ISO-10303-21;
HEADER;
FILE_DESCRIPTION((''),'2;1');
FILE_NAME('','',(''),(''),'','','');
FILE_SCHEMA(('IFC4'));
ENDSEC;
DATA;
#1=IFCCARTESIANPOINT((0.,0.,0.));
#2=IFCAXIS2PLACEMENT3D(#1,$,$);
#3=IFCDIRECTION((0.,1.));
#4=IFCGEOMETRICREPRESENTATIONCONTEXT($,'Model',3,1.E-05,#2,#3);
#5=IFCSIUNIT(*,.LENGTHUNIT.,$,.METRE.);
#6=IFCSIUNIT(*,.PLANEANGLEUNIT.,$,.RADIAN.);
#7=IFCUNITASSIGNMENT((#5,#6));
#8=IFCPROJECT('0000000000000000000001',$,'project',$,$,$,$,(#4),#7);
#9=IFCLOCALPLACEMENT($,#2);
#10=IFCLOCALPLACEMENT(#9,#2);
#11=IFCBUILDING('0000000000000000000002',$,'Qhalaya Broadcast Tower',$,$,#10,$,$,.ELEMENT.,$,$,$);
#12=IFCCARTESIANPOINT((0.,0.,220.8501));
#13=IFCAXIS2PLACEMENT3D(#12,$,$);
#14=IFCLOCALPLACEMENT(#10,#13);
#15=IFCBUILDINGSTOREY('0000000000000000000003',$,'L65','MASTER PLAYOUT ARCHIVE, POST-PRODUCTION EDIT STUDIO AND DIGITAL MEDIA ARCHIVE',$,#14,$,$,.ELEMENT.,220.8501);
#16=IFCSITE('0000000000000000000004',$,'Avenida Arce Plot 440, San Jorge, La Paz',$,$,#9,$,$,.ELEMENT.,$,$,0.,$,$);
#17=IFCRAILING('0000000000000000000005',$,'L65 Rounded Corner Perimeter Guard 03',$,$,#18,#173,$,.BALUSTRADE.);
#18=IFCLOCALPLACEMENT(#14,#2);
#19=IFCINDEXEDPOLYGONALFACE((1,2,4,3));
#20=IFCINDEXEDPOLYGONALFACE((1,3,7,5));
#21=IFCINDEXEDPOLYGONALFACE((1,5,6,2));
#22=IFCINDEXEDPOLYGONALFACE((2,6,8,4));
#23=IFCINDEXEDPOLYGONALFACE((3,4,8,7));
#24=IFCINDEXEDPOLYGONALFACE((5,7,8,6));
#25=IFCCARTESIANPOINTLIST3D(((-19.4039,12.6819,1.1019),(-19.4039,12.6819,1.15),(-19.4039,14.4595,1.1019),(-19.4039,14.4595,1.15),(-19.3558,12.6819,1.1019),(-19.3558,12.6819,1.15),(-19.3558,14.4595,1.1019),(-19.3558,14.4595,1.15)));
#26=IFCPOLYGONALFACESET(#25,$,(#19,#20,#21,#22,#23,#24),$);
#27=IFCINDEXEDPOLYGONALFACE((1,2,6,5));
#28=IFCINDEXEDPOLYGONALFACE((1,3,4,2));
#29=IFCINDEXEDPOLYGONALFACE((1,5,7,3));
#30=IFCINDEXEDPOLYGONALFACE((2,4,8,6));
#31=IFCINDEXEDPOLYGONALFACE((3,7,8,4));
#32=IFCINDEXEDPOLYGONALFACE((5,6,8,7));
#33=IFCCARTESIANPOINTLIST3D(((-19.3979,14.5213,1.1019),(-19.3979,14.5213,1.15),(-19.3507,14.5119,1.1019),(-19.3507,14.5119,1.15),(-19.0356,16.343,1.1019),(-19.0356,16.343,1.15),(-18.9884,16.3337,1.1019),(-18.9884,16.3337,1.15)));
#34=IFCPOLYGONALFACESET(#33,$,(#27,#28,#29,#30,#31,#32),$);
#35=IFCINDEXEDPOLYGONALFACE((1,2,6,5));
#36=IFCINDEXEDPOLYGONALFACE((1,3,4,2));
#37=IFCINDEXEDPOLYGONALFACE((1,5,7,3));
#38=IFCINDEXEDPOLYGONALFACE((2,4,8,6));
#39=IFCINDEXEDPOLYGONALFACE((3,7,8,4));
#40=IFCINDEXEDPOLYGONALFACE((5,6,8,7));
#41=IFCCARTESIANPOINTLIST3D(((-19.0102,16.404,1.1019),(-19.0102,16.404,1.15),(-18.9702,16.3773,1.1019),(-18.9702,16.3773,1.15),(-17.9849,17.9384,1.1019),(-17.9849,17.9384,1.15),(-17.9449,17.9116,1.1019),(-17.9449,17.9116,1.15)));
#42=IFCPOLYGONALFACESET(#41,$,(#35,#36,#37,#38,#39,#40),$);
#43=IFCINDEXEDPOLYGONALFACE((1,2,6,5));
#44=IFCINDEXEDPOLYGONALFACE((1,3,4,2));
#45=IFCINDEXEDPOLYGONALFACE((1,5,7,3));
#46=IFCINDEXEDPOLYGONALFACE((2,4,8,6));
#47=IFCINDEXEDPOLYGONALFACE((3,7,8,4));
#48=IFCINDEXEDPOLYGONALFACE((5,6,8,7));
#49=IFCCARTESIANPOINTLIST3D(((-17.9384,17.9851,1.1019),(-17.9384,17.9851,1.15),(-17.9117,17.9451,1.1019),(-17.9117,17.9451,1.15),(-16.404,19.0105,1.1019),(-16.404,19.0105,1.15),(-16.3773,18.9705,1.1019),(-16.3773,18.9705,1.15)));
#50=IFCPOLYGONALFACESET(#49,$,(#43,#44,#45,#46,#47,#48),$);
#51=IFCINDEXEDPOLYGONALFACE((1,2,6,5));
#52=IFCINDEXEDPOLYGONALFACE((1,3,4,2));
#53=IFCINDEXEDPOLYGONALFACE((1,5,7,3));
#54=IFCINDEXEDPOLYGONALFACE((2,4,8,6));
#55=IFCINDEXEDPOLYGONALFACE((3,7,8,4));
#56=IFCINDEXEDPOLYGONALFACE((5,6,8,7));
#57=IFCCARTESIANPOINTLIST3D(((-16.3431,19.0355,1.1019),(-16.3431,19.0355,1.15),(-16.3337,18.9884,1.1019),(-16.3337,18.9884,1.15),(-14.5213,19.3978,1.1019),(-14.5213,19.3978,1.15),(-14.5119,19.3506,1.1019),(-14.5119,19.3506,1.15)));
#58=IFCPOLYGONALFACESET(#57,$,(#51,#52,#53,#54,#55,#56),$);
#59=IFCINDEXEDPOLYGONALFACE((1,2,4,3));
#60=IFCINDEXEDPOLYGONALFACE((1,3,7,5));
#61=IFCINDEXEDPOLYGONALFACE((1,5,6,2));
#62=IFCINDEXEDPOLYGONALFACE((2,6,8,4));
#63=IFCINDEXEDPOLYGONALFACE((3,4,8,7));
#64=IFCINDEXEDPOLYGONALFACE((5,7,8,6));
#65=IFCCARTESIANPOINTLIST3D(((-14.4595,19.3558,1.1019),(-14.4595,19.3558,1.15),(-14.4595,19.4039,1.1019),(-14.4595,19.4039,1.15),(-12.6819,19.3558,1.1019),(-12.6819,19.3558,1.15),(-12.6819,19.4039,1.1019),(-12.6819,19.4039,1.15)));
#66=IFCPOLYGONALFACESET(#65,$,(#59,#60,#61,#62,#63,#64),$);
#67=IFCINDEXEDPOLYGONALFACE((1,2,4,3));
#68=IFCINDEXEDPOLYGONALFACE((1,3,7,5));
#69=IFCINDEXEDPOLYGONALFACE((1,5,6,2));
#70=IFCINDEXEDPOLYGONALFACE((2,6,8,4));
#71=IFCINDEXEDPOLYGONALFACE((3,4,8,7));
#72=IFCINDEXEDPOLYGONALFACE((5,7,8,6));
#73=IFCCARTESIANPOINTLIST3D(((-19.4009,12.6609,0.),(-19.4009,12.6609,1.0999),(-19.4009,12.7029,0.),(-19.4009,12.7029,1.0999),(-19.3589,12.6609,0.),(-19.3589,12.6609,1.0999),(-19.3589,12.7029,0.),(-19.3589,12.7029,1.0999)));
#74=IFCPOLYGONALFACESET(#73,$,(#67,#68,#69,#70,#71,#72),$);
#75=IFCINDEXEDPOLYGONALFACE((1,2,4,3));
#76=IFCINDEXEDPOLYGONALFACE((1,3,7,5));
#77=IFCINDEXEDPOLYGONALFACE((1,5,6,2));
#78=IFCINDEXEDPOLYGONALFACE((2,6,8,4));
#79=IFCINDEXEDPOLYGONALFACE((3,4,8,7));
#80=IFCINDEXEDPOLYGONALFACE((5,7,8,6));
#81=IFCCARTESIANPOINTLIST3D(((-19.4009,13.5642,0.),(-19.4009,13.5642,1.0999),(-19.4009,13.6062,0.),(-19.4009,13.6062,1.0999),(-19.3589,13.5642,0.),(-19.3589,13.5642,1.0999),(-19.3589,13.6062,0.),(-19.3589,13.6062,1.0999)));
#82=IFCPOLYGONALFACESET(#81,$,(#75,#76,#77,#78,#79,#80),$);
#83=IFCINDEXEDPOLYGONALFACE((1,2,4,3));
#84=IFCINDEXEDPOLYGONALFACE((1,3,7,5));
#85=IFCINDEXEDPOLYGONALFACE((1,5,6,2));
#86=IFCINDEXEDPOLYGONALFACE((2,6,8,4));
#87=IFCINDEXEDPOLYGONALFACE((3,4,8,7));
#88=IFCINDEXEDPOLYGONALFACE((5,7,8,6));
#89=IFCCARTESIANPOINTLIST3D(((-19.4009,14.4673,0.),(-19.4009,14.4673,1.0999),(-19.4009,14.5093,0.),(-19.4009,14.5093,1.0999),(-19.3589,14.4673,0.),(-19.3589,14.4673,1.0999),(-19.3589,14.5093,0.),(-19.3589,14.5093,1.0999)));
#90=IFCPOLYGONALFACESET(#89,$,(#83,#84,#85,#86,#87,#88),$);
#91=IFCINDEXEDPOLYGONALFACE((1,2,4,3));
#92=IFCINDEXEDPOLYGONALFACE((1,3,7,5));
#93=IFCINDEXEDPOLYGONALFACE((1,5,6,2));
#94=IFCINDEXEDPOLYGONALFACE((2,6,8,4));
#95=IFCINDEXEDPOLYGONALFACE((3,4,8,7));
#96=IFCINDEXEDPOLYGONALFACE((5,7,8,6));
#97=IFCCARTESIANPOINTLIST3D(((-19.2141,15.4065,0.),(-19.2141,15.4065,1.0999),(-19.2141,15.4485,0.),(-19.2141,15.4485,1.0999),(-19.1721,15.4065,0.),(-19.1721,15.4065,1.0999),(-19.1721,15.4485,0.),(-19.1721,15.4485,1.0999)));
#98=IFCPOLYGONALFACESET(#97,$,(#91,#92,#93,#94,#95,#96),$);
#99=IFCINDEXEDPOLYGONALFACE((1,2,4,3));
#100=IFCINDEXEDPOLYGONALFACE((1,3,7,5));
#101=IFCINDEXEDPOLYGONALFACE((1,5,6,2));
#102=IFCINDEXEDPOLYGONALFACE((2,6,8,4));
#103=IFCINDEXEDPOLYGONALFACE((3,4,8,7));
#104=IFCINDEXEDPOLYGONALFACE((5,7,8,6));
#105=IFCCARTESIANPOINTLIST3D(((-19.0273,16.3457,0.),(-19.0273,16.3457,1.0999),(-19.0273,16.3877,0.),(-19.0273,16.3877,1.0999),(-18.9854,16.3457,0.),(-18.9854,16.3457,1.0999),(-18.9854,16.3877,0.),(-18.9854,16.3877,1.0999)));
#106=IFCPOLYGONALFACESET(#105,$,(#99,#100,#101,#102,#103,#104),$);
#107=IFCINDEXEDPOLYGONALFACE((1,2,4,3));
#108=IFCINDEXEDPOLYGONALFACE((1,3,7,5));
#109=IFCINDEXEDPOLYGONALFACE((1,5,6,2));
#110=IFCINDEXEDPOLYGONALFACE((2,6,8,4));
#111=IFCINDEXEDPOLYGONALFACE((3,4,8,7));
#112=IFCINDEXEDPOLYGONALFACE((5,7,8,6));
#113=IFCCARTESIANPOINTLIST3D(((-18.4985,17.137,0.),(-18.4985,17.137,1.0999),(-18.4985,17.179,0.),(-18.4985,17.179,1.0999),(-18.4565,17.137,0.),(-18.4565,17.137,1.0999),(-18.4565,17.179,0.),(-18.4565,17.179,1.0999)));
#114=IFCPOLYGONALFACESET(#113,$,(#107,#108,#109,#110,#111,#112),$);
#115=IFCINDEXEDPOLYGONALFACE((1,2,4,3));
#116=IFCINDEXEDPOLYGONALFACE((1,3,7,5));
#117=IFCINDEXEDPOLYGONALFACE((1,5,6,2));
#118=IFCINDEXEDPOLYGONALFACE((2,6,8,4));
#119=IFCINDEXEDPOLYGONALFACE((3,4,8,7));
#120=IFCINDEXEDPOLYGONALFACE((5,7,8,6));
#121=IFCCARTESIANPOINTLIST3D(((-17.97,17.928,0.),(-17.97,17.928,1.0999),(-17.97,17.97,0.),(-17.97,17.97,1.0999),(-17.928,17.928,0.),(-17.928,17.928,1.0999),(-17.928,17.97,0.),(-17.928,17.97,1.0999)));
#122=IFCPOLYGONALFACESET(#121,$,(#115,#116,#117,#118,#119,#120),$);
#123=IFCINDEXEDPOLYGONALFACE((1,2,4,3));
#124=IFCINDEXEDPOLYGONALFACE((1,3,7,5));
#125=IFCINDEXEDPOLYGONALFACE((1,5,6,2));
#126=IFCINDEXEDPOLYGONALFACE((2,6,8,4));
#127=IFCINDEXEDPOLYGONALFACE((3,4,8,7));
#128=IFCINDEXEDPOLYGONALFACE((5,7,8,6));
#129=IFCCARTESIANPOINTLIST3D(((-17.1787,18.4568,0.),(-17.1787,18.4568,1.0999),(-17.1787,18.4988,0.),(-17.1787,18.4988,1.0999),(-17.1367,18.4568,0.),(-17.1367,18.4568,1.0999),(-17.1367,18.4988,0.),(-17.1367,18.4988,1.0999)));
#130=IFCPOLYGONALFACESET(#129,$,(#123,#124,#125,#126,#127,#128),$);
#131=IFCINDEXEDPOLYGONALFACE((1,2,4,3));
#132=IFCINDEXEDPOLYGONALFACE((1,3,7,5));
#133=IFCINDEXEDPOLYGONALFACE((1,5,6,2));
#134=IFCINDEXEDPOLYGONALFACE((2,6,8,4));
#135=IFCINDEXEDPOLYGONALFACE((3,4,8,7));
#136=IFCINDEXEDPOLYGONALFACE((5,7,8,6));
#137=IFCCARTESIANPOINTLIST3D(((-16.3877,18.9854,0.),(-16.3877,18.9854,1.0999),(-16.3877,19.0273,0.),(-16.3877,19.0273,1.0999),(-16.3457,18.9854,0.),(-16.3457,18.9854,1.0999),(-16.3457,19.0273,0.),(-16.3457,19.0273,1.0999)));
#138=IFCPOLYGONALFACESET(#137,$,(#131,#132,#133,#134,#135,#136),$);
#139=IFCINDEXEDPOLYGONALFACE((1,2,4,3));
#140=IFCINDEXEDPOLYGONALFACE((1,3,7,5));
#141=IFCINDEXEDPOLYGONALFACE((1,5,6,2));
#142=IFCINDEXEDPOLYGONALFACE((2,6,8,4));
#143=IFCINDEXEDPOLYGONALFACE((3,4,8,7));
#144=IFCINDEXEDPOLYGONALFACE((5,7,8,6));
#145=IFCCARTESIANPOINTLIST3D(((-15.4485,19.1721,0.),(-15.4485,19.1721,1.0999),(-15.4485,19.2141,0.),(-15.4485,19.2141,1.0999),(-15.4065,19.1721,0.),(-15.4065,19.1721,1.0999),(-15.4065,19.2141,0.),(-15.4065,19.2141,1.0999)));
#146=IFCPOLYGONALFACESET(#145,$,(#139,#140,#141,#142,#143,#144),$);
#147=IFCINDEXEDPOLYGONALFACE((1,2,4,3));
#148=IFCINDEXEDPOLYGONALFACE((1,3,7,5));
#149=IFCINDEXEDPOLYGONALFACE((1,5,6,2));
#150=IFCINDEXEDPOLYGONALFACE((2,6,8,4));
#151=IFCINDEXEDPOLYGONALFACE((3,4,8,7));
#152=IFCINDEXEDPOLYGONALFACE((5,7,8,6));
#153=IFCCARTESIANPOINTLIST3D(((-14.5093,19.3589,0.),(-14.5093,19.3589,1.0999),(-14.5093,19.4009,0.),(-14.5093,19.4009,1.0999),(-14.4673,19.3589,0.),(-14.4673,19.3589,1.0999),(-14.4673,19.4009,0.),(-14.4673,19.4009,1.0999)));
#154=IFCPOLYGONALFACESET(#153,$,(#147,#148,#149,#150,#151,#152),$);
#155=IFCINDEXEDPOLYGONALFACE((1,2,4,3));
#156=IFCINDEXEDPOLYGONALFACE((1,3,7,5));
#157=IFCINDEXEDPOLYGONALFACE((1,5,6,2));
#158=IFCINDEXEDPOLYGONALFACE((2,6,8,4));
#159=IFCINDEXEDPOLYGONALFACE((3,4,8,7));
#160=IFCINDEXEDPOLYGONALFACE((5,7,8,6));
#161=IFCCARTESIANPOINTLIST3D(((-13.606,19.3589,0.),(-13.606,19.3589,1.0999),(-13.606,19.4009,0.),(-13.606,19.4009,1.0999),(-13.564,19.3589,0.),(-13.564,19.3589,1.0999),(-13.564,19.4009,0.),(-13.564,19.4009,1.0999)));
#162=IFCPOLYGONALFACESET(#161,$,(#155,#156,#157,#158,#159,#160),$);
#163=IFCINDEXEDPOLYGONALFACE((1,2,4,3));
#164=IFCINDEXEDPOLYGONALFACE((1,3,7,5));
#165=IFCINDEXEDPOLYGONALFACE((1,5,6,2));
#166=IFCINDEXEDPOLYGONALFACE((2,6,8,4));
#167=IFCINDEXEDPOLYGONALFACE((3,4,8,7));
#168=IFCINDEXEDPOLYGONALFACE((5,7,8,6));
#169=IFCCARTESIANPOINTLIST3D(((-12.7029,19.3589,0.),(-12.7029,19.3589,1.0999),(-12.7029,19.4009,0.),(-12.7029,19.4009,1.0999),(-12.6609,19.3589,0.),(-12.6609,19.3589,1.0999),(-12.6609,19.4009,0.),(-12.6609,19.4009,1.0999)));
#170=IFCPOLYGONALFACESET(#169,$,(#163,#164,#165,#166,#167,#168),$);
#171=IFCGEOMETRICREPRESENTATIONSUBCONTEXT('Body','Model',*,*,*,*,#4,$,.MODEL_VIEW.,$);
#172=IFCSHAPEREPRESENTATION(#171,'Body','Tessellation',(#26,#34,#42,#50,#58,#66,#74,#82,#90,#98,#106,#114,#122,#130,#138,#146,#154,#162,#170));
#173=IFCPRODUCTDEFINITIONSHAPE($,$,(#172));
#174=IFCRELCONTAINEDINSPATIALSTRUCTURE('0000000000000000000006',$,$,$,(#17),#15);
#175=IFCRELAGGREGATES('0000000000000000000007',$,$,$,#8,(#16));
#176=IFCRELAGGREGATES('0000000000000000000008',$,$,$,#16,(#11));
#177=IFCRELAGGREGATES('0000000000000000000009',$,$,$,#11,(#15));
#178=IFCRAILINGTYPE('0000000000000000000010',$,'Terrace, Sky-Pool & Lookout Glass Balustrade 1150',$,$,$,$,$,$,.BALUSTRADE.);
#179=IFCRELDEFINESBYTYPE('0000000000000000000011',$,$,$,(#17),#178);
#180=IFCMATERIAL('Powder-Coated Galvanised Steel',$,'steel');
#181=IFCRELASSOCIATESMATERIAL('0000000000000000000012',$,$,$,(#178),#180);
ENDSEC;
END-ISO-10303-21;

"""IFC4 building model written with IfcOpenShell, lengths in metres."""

from ifc_helpers import new_model, si_unit, direction, frame, origin, origin_2d, place, context, subcontext, project, spatial, rectangle, extrude, material, type_object, element, save


model = new_model("IFC4")

# Units and contexts
model_context = context("Model", 3, precision=1e-05, world=origin(), true_north=direction((0.0, 1.0)))
body_context = subcontext(model_context, "Body", "Model", "MODEL_VIEW")
ifc_project = project(units=[si_unit("LENGTHUNIT", "METRE"), si_unit("PLANEANGLEUNIT", "RADIAN")], contexts=[model_context])

# Site, building, storey
site_placement = place(None, origin())
site = spatial("IfcSite", under=ifc_project, at=site_placement, Name="Avenida Arce Plot 440, San Jorge, La Paz", CompositionType="ELEMENT", RefElevation=0.0)
building_placement = place(site_placement, origin())
building = spatial("IfcBuilding", under=site, at=building_placement, Name="Qhalaya Broadcast Tower", CompositionType="ELEMENT")
storey_placement = place(building_placement, frame((0.0, 0.0, 220.8501)))
storey = spatial("IfcBuildingStorey", under=building, at=storey_placement, Name="L65", Description="MASTER PLAYOUT ARCHIVE, POST-PRODUCTION EDIT STUDIO AND DIGITAL MEDIA ARCHIVE", CompositionType="ELEMENT", Elevation=220.8501)

# Railing
ifc_material_1 = material(Name="Powder-Coated Galvanised Steel", Category="steel")
railing_type_1 = type_object("IfcRailingType", Name="Terrace, Sky-Pool & Lookout Glass Balustrade 1150", PredefinedType="BALUSTRADE", material=ifc_material_1)
railing_1_placement = place(storey_placement, frame((-19.3799, 12.6819, 0.0)))
element("IfcRailing", 1, at=railing_1_placement, inside=storey, type_object=railing_type_1, Name="L65 Rounded Corner Perimeter Guard 03", PredefinedType="BALUSTRADE", context=body_context, shape_type="SweptSolid", body=[
    extrude(rectangle(XDim=0.0481, YDim=0.0481, at=origin_2d()), frame((0.0, 0.0, 1.126), z_axis=(0.0, 1.0, 0.0), x_axis=(-1.0, 0.0, 0.0)), (0.0, 0.0, 1.0), 1.7776),
    extrude(rectangle(XDim=0.0481, YDim=0.0481, at=origin_2d()), frame((0.0056, 1.8347, 1.126), z_axis=(0.195037, 0.980796, 0.0), x_axis=(-0.980796, 0.195037, 0.0)), (0.0, 0.0, 1.0), 1.8574),
    extrude(rectangle(XDim=0.0481, YDim=0.0481, at=origin_2d()), frame((0.3896, 3.7087, 1.126), z_axis=(0.555618, 0.831438, 0.0), x_axis=(-0.831438, 0.555618, 0.0)), (0.0, 0.0, 1.0), 1.8455),
    extrude(rectangle(XDim=0.0481, YDim=0.0481, at=origin_2d()), frame((1.4548, 5.2832, 1.126), z_axis=(0.831438, 0.555618, 0.0), x_axis=(-0.555618, 0.831438, 0.0)), (0.0, 0.0, 1.0), 1.8455),
    extrude(rectangle(XDim=0.0481, YDim=0.0481, at=origin_2d()), frame((3.0415, 6.3301, 1.126), z_axis=(0.980796, 0.195037, 0.0), x_axis=(-0.195037, 0.980796, 0.0)), (0.0, 0.0, 1.0), 1.8574),
    extrude(rectangle(XDim=0.0481, YDim=0.0481, at=origin_2d()), frame((4.9204, 6.698, 1.126), z_axis=(1.0, 0.0, 0.0), x_axis=(0.0, 1.0, 0.0)), (0.0, 0.0, 1.0), 1.7776),
    extrude(rectangle(XDim=0.042, YDim=0.042, at=origin_2d()), origin(), (0.0, 0.0, 1.0), 1.0999),
    extrude(rectangle(XDim=0.042, YDim=0.042, at=origin_2d()), frame((0.0, 0.9033, 0.0)), (0.0, 0.0, 1.0), 1.0999),
    extrude(rectangle(XDim=0.042, YDim=0.042, at=origin_2d()), frame((0.0, 1.8064, 0.0)), (0.0, 0.0, 1.0), 1.0999),
    extrude(rectangle(XDim=0.042, YDim=0.042, at=origin_2d()), frame((0.1868, 2.7456, 0.0)), (0.0, 0.0, 1.0), 1.0999),
    extrude(rectangle(XDim=0.042, YDim=0.042, at=origin_2d()), frame((0.3735, 3.6848, 0.0)), (0.0, 0.0, 1.0), 1.0999),
    extrude(rectangle(XDim=0.042, YDim=0.042, at=origin_2d()), frame((0.9023, 4.4761, 0.0)), (0.0, 0.0, 1.0), 1.0999),
    extrude(rectangle(XDim=0.042, YDim=0.042, at=origin_2d()), frame((1.4309, 5.2671, 0.0)), (0.0, 0.0, 1.0), 1.0999),
    extrude(rectangle(XDim=0.042, YDim=0.042, at=origin_2d()), frame((2.2222, 5.7959, 0.0)), (0.0, 0.0, 1.0), 1.0999),
    extrude(rectangle(XDim=0.042, YDim=0.042, at=origin_2d()), frame((3.0132, 6.3245, 0.0)), (0.0, 0.0, 1.0), 1.0999),
    extrude(rectangle(XDim=0.042, YDim=0.042, at=origin_2d()), frame((3.9524, 6.5112, 0.0)), (0.0, 0.0, 1.0), 1.0999),
    extrude(rectangle(XDim=0.042, YDim=0.042, at=origin_2d()), frame((4.8916, 6.698, 0.0)), (0.0, 0.0, 1.0), 1.0999),
    extrude(rectangle(XDim=0.042, YDim=0.042, at=origin_2d()), frame((5.7949, 6.698, 0.0)), (0.0, 0.0, 1.0), 1.0999),
    extrude(rectangle(XDim=0.042, YDim=0.042, at=origin_2d()), frame((6.698, 6.698, 0.0)), (0.0, 0.0, 1.0), 1.0999),
])

save(model, "model.ifc")
